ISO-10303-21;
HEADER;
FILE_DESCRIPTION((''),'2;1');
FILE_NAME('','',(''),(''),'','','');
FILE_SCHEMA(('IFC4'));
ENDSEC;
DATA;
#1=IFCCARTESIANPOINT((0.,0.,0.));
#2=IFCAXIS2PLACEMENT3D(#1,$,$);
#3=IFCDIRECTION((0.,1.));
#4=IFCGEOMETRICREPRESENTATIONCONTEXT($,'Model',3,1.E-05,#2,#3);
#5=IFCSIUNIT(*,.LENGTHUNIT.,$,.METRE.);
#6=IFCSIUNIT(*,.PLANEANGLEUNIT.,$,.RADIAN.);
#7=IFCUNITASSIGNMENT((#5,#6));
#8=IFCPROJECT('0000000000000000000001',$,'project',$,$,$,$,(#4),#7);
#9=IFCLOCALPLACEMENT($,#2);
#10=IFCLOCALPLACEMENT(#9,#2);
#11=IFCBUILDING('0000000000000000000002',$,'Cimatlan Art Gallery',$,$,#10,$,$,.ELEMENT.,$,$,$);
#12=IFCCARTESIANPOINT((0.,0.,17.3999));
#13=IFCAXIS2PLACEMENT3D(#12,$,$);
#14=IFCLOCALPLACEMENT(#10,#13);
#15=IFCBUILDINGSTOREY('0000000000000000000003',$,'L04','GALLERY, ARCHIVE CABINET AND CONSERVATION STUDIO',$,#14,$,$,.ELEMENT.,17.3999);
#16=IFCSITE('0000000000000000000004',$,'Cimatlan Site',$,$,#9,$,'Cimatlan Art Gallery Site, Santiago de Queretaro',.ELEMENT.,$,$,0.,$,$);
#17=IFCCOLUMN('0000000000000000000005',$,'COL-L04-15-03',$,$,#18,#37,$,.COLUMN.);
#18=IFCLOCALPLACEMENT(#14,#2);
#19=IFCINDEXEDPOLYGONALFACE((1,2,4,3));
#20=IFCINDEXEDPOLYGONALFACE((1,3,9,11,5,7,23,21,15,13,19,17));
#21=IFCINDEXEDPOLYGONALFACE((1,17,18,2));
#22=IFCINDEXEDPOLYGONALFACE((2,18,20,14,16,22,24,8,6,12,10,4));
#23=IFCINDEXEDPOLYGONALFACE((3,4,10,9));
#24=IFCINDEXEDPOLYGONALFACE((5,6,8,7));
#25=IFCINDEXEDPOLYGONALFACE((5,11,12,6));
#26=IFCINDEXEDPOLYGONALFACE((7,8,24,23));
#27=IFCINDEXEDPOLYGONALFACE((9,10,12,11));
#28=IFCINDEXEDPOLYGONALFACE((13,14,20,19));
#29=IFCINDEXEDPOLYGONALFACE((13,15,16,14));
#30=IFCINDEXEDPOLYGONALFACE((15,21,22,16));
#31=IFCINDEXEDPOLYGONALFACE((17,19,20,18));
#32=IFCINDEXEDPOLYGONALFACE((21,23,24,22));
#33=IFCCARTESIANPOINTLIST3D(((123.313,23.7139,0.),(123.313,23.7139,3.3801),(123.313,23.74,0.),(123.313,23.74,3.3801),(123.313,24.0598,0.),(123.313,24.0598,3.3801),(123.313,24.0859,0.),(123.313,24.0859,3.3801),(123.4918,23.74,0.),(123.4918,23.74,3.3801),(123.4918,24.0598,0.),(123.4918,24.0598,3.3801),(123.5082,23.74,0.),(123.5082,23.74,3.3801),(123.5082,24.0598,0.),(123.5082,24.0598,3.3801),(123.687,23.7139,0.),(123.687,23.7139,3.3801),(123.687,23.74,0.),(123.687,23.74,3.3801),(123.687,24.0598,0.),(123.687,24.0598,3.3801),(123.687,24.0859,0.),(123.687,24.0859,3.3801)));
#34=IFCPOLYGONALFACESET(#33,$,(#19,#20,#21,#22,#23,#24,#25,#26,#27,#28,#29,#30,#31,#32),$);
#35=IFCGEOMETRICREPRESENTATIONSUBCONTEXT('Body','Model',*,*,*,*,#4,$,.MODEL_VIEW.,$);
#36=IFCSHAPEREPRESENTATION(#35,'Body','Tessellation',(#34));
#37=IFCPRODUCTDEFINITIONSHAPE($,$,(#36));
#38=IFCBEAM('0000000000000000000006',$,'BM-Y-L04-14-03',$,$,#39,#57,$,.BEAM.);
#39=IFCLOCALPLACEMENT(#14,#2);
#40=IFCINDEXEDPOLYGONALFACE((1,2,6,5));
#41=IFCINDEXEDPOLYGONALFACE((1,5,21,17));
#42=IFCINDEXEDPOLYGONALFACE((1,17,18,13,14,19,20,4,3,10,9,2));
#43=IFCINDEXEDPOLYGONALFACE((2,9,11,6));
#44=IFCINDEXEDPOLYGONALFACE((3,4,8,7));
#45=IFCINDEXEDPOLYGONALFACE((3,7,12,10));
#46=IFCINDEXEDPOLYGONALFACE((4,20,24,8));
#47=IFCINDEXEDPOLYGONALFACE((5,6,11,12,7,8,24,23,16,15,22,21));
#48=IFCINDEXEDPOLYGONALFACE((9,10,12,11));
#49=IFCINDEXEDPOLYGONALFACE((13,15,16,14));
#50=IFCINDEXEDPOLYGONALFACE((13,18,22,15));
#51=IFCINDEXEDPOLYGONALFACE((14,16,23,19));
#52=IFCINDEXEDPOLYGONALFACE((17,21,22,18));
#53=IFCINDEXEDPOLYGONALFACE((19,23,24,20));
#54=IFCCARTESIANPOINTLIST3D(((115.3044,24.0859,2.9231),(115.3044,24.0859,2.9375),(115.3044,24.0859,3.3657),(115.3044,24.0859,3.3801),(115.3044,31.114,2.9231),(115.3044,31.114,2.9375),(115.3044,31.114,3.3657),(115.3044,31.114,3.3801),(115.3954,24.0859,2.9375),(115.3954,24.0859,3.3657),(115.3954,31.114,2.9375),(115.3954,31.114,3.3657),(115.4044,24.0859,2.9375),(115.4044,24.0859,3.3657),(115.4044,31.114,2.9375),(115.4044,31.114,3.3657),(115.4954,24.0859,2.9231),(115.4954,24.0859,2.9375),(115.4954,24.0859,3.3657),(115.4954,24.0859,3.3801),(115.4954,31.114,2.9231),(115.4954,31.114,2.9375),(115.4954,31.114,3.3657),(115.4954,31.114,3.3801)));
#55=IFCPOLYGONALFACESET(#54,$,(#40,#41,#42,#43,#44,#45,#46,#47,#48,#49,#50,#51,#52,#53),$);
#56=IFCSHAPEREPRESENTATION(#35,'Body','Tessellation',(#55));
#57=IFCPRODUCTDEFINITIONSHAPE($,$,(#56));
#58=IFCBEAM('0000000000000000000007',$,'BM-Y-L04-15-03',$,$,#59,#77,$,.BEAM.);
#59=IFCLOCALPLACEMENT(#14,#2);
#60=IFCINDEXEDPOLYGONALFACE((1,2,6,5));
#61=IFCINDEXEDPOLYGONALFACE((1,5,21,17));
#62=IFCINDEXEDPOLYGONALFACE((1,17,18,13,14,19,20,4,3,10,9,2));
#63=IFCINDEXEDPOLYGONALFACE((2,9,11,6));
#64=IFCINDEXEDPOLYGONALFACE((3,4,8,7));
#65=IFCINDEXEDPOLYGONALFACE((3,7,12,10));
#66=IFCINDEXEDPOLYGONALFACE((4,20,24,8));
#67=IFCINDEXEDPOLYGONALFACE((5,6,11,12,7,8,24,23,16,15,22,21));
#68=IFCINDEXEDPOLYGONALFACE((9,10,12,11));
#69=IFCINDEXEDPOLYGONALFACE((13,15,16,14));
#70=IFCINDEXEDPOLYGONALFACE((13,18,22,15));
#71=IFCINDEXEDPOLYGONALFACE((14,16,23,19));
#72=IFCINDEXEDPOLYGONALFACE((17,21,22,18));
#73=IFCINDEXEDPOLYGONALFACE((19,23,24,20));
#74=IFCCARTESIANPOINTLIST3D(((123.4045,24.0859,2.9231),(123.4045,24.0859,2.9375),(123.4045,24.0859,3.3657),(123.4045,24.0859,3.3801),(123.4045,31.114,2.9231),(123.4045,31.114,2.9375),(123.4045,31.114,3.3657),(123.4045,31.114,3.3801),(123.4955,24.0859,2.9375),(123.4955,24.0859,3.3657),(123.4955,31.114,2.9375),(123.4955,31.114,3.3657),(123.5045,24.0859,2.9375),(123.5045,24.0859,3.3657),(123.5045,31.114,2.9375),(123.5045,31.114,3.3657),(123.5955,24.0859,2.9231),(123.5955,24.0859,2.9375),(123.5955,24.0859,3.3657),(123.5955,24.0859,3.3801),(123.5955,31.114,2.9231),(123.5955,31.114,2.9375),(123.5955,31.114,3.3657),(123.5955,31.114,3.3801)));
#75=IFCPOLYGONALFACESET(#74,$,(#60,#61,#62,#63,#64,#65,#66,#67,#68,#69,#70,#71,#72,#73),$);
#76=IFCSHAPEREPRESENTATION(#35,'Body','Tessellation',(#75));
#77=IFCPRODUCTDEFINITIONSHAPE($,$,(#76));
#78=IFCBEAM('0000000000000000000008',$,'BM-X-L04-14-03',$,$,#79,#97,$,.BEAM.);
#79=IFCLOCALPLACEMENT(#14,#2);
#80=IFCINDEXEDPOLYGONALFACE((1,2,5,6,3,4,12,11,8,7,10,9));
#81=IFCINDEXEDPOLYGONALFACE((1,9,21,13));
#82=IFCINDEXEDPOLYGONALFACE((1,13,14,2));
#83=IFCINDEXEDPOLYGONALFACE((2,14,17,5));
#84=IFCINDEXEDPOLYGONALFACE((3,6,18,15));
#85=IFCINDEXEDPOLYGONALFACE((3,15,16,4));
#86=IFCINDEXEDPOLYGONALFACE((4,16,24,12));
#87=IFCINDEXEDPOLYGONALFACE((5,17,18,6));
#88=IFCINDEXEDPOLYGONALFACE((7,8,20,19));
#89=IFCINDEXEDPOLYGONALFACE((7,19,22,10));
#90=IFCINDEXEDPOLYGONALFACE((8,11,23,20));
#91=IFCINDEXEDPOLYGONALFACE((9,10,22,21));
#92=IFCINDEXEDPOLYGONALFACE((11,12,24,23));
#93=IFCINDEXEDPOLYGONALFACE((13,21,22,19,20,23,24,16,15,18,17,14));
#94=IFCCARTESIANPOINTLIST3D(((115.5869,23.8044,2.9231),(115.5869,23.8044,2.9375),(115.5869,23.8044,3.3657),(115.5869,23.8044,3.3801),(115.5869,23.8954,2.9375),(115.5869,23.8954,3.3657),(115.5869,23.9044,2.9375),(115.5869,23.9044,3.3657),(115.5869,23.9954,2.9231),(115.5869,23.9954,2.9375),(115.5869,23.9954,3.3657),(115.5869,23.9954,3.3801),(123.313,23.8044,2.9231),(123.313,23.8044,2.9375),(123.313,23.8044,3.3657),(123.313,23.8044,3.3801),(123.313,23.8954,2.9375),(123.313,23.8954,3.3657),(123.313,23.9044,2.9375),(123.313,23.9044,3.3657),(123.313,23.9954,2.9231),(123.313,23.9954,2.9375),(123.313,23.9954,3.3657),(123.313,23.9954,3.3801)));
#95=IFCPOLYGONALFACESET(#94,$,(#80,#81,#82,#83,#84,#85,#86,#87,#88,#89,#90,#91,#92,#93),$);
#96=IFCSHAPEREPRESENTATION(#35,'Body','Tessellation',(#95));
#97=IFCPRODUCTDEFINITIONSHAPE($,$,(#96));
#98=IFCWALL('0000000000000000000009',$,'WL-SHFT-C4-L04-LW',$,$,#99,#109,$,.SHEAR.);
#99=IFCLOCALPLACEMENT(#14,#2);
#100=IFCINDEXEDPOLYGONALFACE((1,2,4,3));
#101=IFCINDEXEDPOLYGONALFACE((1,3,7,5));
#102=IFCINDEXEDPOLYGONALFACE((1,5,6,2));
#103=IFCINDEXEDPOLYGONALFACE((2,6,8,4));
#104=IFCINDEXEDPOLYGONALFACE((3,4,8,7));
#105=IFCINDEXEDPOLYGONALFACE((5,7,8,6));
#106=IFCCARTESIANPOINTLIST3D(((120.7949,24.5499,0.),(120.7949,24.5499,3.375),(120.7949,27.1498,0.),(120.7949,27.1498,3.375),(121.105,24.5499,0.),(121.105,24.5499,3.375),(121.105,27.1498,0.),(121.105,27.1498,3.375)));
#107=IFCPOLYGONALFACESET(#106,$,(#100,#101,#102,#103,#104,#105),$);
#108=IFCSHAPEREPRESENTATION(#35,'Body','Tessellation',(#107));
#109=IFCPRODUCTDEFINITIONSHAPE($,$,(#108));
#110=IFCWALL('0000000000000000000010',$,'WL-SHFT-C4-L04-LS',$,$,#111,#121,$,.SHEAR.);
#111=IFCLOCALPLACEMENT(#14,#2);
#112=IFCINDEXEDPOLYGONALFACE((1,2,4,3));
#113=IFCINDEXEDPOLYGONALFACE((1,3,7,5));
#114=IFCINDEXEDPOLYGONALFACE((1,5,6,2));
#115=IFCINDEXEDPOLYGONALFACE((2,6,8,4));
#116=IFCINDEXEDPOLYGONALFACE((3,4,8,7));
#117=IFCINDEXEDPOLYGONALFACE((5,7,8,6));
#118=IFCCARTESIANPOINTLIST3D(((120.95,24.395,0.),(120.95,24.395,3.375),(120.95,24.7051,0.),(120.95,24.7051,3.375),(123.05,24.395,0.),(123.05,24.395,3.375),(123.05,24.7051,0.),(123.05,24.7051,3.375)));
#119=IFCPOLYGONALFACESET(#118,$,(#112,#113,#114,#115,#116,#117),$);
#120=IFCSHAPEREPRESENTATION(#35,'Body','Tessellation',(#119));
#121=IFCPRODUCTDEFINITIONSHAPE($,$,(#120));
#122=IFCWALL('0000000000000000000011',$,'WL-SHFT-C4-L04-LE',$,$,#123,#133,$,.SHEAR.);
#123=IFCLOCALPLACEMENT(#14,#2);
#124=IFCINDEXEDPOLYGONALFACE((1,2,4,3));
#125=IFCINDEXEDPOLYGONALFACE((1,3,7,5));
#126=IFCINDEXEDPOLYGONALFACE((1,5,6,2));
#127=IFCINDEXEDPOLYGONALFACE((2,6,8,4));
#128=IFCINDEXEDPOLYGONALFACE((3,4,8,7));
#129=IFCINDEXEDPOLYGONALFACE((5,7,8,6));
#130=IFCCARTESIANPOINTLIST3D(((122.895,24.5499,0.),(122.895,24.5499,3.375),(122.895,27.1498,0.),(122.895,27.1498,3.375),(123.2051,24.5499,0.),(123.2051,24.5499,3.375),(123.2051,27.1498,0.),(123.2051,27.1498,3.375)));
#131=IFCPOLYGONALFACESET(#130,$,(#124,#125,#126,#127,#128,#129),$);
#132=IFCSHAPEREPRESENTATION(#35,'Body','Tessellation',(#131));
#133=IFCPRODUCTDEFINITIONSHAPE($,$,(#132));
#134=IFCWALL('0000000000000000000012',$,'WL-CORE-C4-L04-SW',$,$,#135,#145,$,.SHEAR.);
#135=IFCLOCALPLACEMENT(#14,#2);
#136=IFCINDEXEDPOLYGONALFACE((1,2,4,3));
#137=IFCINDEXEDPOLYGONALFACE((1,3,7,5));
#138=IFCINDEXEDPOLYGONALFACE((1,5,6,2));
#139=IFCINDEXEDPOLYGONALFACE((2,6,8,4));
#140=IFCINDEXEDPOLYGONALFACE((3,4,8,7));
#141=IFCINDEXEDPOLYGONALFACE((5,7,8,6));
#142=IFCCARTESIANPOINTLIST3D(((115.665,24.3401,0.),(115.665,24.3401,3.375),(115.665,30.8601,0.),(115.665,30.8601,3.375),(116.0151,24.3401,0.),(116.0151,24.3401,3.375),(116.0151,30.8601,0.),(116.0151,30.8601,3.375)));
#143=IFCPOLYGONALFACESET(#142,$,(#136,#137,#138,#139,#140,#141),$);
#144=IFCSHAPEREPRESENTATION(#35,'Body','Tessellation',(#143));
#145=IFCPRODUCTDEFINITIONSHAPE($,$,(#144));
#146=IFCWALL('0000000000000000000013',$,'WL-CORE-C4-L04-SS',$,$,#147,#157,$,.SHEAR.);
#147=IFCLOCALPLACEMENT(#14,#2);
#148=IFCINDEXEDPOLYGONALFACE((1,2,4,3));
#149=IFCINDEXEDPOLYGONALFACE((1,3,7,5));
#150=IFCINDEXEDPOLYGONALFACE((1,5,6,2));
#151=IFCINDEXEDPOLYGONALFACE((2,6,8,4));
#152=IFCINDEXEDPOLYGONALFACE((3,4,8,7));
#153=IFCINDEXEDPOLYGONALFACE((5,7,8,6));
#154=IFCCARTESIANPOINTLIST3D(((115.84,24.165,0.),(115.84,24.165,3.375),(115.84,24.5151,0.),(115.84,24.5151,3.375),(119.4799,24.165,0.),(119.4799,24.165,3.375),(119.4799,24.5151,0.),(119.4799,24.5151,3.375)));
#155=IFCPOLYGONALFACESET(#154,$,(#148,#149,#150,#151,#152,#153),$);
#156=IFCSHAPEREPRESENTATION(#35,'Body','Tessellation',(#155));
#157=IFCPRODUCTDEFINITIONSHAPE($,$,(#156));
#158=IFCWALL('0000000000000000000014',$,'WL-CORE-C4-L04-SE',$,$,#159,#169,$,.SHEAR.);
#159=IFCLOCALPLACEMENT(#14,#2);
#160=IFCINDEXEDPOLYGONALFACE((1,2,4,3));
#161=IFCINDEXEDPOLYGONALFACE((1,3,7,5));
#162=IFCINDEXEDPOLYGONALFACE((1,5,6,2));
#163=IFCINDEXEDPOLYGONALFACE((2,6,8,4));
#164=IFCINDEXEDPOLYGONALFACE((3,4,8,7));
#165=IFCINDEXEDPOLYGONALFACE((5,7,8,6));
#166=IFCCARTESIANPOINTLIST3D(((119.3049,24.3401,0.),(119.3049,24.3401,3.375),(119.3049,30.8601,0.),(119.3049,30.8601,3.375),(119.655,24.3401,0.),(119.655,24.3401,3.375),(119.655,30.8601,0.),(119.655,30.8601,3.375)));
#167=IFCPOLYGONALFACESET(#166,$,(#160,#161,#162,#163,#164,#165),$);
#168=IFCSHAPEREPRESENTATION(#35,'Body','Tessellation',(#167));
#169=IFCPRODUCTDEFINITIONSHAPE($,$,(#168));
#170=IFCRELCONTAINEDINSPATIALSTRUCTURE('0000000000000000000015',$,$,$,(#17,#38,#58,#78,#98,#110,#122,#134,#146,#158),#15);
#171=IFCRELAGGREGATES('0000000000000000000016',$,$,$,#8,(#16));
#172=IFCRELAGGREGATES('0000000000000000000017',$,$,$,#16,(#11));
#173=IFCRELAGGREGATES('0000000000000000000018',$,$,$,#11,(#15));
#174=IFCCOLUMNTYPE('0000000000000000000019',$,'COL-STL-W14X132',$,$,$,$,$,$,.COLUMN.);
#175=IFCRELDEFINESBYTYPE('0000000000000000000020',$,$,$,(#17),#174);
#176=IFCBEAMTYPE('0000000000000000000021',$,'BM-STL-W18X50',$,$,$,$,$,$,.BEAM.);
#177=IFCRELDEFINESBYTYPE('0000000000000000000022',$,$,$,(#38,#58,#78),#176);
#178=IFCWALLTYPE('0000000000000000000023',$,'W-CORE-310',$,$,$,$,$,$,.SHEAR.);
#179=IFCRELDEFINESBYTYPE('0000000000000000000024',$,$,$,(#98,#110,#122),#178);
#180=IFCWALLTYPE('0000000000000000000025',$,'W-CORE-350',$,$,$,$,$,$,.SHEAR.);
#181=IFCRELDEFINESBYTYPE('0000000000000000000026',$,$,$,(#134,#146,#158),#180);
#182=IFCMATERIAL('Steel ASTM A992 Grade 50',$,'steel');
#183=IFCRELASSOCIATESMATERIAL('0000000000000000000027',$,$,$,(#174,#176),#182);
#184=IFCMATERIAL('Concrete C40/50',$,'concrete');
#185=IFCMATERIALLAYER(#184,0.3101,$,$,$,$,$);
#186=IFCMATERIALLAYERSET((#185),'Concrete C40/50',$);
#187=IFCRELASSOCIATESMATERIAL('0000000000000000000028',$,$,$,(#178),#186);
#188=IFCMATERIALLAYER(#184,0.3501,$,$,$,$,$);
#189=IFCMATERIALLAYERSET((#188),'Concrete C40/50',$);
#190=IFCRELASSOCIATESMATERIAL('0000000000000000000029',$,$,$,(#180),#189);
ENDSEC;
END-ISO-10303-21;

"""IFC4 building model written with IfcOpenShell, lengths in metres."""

from ifc_helpers import new_model, si_unit, direction, frame, frame_2d, origin, origin_2d, place, context, subcontext, project, spatial, rectangle, i_section, extrude, material, layer, layer_set, material_profile, profile_set, type_object, element, save


model = new_model("IFC4")

# Units and contexts
model_context = context("Model", 3, precision=1e-05, world=origin(), true_north=direction((0.0, 1.0)))
body_context = subcontext(model_context, "Body", "Model", "MODEL_VIEW")
ifc_project = project(units=[si_unit("LENGTHUNIT", "METRE"), si_unit("PLANEANGLEUNIT", "RADIAN")], contexts=[model_context])

# Site, building, storey
site_placement = place(None, origin())
site = spatial("IfcSite", under=ifc_project, at=site_placement, Name="Cimatlan Site", LongName="Cimatlan Art Gallery Site, Santiago de Queretaro", CompositionType="ELEMENT", RefElevation=0.0)
building_placement = place(site_placement, origin())
building = spatial("IfcBuilding", under=site, at=building_placement, Name="Cimatlan Art Gallery", CompositionType="ELEMENT")
storey_placement = place(building_placement, frame((0.0, 0.0, 17.3999)))
storey = spatial("IfcBuildingStorey", under=building, at=storey_placement, Name="L04", Description="GALLERY, ARCHIVE CABINET AND CONSERVATION STUDIO", CompositionType="ELEMENT", Elevation=17.3999)

# Column
ifc_material_1 = material(Name="Steel ASTM A992 Grade 50", Category="steel")
ifc_material_profile_1 = material_profile(ifc_material_1, i_section(OverallWidth=0.374, OverallDepth=0.3721, WebThickness=0.0164, FlangeThickness=0.0261, at=origin_2d()), Name="W14X132")
ifc_profile_set_1 = profile_set([ifc_material_profile_1], Name="Steel ASTM A992 Grade 50")
column_type = type_object("IfcColumnType", Name="COL-STL-W14X132", PredefinedType="COLUMN", material=ifc_profile_set_1)
column_placement = place(storey_placement, frame((123.5, 23.8999, 0.0), z_axis=(0.0, 0.0, 1.0), x_axis=(1.0, 0.0, 0.0)))
element("IfcColumn", 1, at=column_placement, inside=storey, type_object=column_type, Name="COL-L04-15-03", PredefinedType="COLUMN", context=body_context, shape_type="SweptSolid", body=[
    extrude(i_section(OverallWidth=0.374, OverallDepth=0.3721, WebThickness=0.0164, FlangeThickness=0.0261, at=origin_2d()), origin(), (0.0, 0.0, 1.0), 3.3801),
])

# Beams
ifc_material_profile_2 = material_profile(ifc_material_1, i_section(OverallWidth=0.1909, OverallDepth=0.457, WebThickness=0.009, FlangeThickness=0.0144, at=origin_2d()), Name="W18X50")
ifc_profile_set_2 = profile_set([ifc_material_profile_2], Name="Steel ASTM A992 Grade 50")
beam_type = type_object("IfcBeamType", Name="BM-STL-W18X50", PredefinedType="BEAM", material=ifc_profile_set_2)
for number, where, z_axis, x_axis, name in (
    (2, (115.3999, 24.0859, 3.1516), (0.0, 1.0, 0.0), (-1.0, 0.0, 0.0), "BM-Y-L04-14-03"),
    (3, (123.5, 24.0859, 3.1516), (0.0, 1.0, 0.0), (-1.0, 0.0, 0.0), "BM-Y-L04-15-03"),
):
    element("IfcBeam", number, at=place(storey_placement, frame(where, z_axis=z_axis, x_axis=x_axis)), inside=storey, type_object=beam_type, Name=name, PredefinedType="BEAM", context=body_context, shape_type="SweptSolid", body=[
        extrude(i_section(OverallWidth=0.1909, OverallDepth=0.457, WebThickness=0.009, FlangeThickness=0.0144, at=origin_2d()), origin(), (0.0, 0.0, 1.0), 7.0281),
    ])
beam_placement = place(storey_placement, frame((115.5869, 23.8999, 3.1516), z_axis=(1.0, 0.0, 0.0), x_axis=(0.0, 1.0, 0.0)))
element("IfcBeam", 4, at=beam_placement, inside=storey, type_object=beam_type, Name="BM-X-L04-14-03", PredefinedType="BEAM", context=body_context, shape_type="SweptSolid", body=[
    extrude(i_section(OverallWidth=0.1909, OverallDepth=0.457, WebThickness=0.009, FlangeThickness=0.0144, at=origin_2d()), origin(), (0.0, 0.0, 1.0), 7.7261),
])

# Walls
ifc_material_2 = material(Name="Concrete C40/50", Category="concrete")
ifc_layer_1 = layer(ifc_material_2, 0.3101)
ifc_layer_set_1 = layer_set([ifc_layer_1], Name="Concrete C40/50")
wall_type_1 = type_object("IfcWallType", Name="W-CORE-310", PredefinedType="SHEAR", material=ifc_layer_set_1)
wall_1_placement = place(storey_placement, frame((120.95, 24.55, 0.0), z_axis=(0.0, 0.0, 1.0), x_axis=(0.0, 1.0, 0.0)))
element("IfcWall", 5, at=wall_1_placement, inside=storey, type_object=wall_type_1, Name="WL-SHFT-C4-L04-LW", PredefinedType="SHEAR", context=body_context, shape_type="SweptSolid", body=[
    extrude(rectangle(XDim=2.5999, YDim=0.3101, at=frame_2d((1.2998, 0.0))), origin(), (0.0, 0.0, 1.0), 3.375),
])
wall_2_placement = place(storey_placement, frame((120.95, 24.55, 0.0), z_axis=(0.0, 0.0, 1.0), x_axis=(1.0, 0.0, 0.0)))
element("IfcWall", 6, at=wall_2_placement, inside=storey, type_object=wall_type_1, Name="WL-SHFT-C4-L04-LS", PredefinedType="SHEAR", context=body_context, shape_type="SweptSolid", body=[
    extrude(rectangle(XDim=2.1001, YDim=0.3101, at=frame_2d((1.05, 0.0))), origin(), (0.0, 0.0, 1.0), 3.375),
])
wall_3_placement = place(storey_placement, frame((123.05, 24.55, 0.0), z_axis=(0.0, 0.0, 1.0), x_axis=(0.0, 1.0, 0.0)))
element("IfcWall", 7, at=wall_3_placement, inside=storey, type_object=wall_type_1, Name="WL-SHFT-C4-L04-LE", PredefinedType="SHEAR", context=body_context, shape_type="SweptSolid", body=[
    extrude(rectangle(XDim=2.5999, YDim=0.3101, at=frame_2d((1.2998, 0.0))), origin(), (0.0, 0.0, 1.0), 3.375),
])
ifc_layer_2 = layer(ifc_material_2, 0.3501)
ifc_layer_set_2 = layer_set([ifc_layer_2], Name="Concrete C40/50")
wall_type_2 = type_object("IfcWallType", Name="W-CORE-350", PredefinedType="SHEAR", material=ifc_layer_set_2)
wall_4_placement = place(storey_placement, frame((115.8401, 24.3401, 0.0), z_axis=(0.0, 0.0, 1.0), x_axis=(0.0, 1.0, 0.0)))
element("IfcWall", 8, at=wall_4_placement, inside=storey, type_object=wall_type_2, Name="WL-CORE-C4-L04-SW", PredefinedType="SHEAR", context=body_context, shape_type="SweptSolid", body=[
    extrude(rectangle(XDim=6.52, YDim=0.3501, at=frame_2d((3.26, 0.0))), origin(), (0.0, 0.0, 1.0), 3.375),
])
wall_5_placement = place(storey_placement, frame((115.8401, 24.3401, 0.0), z_axis=(0.0, 0.0, 1.0), x_axis=(1.0, 0.0, 0.0)))
element("IfcWall", 9, at=wall_5_placement, inside=storey, type_object=wall_type_2, Name="WL-CORE-C4-L04-SS", PredefinedType="SHEAR", context=body_context, shape_type="SweptSolid", body=[
    extrude(rectangle(XDim=3.6399, YDim=0.3501, at=frame_2d((1.8198, 0.0))), origin(), (0.0, 0.0, 1.0), 3.375),
])
wall_6_placement = place(storey_placement, frame((119.48, 24.3401, 0.0), z_axis=(0.0, 0.0, 1.0), x_axis=(0.0, 1.0, 0.0)))
element("IfcWall", 10, at=wall_6_placement, inside=storey, type_object=wall_type_2, Name="WL-CORE-C4-L04-SE", PredefinedType="SHEAR", context=body_context, shape_type="SweptSolid", body=[
    extrude(rectangle(XDim=6.52, YDim=0.3501, at=frame_2d((3.26, 0.0))), origin(), (0.0, 0.0, 1.0), 3.375),
])

save(model, "model.ifc")
